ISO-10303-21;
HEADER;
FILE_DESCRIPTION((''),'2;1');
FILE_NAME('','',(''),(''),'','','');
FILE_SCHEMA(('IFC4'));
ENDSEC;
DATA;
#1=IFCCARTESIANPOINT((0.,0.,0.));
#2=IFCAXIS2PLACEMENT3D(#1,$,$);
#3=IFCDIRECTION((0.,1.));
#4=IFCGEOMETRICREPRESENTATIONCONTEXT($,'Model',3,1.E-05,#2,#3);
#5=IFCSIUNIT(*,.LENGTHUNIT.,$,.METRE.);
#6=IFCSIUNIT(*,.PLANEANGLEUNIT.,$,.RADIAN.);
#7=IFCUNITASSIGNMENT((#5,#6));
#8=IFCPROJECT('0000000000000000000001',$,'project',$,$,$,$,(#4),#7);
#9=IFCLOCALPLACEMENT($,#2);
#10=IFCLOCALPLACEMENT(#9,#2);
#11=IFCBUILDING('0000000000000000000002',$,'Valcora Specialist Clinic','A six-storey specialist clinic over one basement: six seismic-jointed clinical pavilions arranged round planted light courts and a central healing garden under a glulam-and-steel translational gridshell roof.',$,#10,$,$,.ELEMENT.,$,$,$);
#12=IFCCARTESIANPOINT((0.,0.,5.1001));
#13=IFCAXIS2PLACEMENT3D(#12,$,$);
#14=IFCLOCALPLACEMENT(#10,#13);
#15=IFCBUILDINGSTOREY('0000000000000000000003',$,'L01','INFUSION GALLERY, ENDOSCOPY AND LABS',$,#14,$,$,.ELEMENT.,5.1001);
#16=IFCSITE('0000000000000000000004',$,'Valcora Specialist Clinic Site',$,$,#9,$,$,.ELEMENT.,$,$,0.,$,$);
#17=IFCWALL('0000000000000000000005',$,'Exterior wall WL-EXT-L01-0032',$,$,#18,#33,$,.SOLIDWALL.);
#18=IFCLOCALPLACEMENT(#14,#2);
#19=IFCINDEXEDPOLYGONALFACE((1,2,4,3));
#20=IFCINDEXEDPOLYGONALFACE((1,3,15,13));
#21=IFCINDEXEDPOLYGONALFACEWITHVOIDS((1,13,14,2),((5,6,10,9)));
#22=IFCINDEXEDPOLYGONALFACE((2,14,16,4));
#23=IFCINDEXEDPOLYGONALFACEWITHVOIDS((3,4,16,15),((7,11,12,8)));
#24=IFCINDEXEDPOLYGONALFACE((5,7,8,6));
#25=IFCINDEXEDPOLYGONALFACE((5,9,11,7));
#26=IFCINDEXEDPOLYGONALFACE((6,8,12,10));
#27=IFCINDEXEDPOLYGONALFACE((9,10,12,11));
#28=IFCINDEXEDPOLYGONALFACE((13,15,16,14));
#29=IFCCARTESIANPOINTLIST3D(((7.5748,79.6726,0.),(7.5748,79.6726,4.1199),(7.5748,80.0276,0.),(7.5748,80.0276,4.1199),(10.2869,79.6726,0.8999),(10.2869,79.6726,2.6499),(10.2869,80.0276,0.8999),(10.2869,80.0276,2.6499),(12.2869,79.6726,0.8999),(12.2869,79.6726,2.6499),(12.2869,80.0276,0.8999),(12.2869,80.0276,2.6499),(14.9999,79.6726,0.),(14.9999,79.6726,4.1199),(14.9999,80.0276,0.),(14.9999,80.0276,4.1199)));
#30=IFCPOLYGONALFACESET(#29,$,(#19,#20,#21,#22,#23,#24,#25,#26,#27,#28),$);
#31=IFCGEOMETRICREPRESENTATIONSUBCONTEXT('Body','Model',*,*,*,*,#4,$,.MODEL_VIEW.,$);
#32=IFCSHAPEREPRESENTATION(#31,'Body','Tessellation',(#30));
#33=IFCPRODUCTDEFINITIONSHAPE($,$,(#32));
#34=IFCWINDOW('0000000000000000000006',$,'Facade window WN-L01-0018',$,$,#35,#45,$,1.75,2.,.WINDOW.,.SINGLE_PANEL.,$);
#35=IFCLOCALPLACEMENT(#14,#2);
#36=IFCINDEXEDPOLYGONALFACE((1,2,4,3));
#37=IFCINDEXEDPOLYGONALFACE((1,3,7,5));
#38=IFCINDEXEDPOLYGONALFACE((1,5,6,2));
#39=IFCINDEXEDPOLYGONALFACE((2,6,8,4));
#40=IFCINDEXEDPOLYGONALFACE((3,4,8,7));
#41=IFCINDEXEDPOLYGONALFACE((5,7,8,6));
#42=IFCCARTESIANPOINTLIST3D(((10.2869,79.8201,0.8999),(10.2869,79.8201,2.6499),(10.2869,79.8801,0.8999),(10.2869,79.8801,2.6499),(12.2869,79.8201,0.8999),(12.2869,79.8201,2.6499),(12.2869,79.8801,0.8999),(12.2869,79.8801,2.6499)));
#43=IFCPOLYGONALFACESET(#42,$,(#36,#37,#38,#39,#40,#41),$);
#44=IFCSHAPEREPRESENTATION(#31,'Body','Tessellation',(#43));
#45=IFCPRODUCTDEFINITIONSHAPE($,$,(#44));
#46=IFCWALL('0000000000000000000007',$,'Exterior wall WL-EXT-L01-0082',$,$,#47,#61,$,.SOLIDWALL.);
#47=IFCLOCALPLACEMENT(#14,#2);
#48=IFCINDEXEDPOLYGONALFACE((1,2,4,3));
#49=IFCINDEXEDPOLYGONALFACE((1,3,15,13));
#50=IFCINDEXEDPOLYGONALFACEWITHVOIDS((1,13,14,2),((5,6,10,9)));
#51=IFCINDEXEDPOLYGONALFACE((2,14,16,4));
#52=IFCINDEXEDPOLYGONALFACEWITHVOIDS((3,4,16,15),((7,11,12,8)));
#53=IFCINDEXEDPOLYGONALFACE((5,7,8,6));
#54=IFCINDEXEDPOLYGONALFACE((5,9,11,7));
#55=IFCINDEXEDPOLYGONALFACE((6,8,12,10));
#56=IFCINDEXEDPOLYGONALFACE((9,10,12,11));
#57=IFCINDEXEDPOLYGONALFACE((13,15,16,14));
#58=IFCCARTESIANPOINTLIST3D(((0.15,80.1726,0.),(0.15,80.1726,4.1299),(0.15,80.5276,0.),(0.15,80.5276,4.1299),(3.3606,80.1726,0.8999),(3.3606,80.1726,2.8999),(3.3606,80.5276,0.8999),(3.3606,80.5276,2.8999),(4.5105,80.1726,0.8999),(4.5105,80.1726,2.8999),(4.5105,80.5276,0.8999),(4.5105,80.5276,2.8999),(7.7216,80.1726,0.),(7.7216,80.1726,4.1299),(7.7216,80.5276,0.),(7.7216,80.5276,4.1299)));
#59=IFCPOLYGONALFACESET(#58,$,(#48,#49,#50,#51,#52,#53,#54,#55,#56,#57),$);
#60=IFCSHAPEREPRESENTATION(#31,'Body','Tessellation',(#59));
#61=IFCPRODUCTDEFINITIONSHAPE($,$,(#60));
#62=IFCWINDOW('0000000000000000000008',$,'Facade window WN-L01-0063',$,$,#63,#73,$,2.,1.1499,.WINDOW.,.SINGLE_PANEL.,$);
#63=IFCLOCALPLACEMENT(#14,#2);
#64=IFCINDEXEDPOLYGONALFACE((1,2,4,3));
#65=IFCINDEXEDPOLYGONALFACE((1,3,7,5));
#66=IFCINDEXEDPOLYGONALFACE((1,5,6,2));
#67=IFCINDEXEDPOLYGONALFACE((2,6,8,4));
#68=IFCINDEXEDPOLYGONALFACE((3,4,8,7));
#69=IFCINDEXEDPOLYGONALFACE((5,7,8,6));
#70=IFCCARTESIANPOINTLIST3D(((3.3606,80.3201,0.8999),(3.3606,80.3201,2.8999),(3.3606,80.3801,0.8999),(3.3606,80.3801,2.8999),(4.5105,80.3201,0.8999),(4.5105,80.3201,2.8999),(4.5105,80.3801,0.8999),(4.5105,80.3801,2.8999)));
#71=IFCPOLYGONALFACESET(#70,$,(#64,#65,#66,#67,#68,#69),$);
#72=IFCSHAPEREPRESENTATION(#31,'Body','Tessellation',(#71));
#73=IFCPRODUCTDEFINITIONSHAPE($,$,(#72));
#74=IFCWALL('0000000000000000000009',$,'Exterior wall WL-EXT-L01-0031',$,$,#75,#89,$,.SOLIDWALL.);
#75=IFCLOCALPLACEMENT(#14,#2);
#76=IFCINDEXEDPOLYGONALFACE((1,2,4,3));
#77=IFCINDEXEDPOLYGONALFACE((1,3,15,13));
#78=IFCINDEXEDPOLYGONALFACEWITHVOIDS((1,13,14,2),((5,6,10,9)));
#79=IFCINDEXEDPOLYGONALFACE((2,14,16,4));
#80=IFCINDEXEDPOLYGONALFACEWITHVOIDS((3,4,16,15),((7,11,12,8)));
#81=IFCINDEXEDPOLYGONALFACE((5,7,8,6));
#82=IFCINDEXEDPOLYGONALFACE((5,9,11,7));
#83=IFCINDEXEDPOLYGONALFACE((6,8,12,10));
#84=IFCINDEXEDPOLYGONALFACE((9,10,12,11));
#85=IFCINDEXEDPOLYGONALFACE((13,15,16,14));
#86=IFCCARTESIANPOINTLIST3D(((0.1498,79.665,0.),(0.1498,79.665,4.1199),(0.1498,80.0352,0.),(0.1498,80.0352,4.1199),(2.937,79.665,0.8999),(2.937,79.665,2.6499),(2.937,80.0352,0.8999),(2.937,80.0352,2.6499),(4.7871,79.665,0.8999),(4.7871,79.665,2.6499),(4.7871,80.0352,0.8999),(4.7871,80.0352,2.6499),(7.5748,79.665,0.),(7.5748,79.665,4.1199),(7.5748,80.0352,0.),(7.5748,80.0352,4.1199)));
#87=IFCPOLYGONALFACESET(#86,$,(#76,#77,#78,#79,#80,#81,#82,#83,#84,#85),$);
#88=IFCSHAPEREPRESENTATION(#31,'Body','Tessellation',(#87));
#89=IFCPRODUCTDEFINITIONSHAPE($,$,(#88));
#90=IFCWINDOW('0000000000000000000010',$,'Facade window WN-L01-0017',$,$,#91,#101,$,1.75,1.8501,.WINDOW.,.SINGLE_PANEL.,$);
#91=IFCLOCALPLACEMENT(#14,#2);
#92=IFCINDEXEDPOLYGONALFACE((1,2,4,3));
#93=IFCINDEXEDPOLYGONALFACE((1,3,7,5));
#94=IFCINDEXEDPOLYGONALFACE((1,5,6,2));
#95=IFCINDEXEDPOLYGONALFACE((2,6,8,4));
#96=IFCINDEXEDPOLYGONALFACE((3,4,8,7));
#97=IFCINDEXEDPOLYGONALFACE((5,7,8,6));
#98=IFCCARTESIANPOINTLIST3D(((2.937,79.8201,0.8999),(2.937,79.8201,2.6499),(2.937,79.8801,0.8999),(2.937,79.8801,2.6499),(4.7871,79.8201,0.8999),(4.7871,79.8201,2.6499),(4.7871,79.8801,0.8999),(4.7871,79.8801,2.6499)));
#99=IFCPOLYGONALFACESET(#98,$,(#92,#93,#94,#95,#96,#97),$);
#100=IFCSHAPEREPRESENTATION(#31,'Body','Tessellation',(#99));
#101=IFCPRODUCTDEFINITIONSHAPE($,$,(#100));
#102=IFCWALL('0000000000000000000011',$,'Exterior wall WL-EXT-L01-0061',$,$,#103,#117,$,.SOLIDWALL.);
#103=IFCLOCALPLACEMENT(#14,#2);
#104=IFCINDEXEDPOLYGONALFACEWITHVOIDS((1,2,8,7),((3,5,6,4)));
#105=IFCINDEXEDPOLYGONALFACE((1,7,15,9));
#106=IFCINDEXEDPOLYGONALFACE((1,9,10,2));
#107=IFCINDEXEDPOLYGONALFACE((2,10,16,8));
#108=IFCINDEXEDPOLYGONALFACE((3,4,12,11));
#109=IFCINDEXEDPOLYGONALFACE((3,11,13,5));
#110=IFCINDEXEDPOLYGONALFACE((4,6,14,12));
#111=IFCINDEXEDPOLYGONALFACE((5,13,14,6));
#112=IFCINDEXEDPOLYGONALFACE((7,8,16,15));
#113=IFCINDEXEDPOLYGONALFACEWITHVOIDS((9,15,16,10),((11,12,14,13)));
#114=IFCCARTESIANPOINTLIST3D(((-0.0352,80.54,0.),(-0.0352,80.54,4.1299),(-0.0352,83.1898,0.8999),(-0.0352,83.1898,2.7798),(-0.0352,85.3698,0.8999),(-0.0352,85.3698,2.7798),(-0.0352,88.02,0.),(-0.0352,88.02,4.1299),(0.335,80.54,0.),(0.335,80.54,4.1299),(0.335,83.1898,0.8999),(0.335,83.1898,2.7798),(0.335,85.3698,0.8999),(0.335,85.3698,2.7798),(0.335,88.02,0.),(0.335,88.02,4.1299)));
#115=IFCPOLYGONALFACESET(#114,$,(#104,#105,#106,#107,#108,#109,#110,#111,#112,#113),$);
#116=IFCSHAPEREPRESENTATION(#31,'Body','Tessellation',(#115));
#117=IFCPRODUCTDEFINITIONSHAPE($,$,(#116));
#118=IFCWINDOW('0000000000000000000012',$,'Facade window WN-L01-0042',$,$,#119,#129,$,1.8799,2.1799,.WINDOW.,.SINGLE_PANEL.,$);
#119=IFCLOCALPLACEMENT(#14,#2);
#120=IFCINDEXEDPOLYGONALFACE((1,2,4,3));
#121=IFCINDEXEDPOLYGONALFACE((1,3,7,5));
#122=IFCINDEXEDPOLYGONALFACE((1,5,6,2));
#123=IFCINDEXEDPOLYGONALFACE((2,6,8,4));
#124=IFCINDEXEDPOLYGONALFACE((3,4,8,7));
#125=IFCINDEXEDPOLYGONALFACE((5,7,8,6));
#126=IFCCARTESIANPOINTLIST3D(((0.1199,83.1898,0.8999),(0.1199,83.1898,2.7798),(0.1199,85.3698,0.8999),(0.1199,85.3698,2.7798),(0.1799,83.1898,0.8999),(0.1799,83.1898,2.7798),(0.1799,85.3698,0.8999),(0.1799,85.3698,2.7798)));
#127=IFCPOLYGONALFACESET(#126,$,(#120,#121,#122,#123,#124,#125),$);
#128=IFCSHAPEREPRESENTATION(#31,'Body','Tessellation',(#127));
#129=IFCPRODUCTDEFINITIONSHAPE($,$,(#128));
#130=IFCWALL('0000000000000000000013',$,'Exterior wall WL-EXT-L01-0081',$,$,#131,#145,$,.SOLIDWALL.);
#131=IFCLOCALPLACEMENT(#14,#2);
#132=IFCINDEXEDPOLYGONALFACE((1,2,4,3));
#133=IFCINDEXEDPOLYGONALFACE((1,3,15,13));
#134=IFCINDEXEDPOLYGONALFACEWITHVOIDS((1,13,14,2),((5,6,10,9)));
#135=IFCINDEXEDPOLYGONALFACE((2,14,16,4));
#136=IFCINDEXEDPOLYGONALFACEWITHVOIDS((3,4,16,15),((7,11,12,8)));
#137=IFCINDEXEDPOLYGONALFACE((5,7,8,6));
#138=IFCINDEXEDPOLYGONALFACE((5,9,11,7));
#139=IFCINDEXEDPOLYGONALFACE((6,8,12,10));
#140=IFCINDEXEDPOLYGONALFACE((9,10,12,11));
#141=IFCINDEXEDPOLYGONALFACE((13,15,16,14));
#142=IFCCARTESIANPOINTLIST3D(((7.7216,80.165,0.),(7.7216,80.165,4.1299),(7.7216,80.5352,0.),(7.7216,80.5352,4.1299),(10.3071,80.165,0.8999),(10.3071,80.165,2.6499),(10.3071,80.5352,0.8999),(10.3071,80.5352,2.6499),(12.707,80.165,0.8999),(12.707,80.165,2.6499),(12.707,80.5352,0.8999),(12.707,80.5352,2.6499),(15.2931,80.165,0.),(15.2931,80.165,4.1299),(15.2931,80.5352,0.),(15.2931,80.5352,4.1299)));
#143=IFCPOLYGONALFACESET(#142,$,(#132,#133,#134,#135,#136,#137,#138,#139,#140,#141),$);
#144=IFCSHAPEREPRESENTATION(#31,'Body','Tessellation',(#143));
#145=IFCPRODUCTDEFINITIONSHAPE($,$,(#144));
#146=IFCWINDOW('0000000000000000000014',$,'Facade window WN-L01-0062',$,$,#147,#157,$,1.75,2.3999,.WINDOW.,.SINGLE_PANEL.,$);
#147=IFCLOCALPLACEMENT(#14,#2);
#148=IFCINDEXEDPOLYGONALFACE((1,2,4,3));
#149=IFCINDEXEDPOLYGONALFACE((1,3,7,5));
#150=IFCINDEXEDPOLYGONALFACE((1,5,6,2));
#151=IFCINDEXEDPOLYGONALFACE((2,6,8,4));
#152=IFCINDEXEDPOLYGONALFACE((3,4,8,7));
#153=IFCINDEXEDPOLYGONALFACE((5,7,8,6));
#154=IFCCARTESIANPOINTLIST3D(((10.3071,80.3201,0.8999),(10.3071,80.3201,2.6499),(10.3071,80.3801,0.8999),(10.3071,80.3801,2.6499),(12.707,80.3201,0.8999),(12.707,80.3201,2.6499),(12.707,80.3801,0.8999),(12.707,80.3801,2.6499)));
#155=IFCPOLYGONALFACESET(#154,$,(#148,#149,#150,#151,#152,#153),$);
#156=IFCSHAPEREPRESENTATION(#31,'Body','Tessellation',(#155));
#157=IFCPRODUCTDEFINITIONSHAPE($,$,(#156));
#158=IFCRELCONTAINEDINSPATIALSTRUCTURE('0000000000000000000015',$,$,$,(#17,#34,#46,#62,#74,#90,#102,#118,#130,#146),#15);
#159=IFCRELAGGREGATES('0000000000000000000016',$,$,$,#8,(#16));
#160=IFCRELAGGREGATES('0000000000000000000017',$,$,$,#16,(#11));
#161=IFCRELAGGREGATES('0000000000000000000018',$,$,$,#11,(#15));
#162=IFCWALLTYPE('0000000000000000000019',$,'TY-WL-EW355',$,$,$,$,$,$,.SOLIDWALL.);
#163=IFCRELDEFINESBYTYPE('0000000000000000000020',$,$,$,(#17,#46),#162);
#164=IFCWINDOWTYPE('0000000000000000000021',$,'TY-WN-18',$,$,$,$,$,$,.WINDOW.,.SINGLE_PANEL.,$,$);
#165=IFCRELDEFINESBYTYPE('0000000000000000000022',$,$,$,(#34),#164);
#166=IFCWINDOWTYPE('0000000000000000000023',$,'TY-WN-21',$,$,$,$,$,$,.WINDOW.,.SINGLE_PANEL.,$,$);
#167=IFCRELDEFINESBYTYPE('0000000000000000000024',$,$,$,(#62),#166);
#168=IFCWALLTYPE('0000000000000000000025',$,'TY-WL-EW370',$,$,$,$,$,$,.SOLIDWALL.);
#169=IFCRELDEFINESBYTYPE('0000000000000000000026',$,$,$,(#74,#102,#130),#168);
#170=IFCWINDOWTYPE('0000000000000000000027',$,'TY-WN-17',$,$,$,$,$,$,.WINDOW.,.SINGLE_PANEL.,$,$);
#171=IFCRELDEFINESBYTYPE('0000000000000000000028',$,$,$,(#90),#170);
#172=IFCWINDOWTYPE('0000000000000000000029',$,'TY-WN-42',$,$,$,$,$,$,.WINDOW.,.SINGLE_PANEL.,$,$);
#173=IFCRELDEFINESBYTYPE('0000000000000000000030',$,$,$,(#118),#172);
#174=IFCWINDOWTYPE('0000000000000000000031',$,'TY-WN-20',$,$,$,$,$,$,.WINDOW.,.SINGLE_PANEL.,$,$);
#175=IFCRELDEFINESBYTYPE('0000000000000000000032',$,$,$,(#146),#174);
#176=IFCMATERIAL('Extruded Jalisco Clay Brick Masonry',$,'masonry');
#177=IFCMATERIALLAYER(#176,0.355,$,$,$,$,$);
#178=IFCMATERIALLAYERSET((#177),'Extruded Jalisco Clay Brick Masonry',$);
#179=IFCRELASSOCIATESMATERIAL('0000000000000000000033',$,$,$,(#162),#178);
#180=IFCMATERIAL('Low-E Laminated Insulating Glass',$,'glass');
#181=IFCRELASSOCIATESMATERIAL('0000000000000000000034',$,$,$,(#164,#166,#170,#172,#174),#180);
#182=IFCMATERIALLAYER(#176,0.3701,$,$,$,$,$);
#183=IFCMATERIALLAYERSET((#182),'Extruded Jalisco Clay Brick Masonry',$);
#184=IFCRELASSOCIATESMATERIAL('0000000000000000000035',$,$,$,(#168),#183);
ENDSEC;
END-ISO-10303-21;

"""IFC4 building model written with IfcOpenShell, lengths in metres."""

from ifc_helpers import new_model, si_unit, direction, frame, frame_2d, origin, place, context, subcontext, project, spatial, rectangle, extrude, material, layer, layer_set, type_object, element, fill, save


model = new_model("IFC4")

# Units and contexts
model_context = context("Model", 3, precision=1e-05, world=origin(), true_north=direction((0.0, 1.0)))
body_context = subcontext(model_context, "Body", "Model", "MODEL_VIEW")
ifc_project = project(units=[si_unit("LENGTHUNIT", "METRE"), si_unit("PLANEANGLEUNIT", "RADIAN")], contexts=[model_context])

# Site, building, storey
site_placement = place(None, origin())
site = spatial("IfcSite", under=ifc_project, at=site_placement, Name="Valcora Specialist Clinic Site", CompositionType="ELEMENT", RefElevation=0.0)
building_placement = place(site_placement, origin())
building = spatial("IfcBuilding", under=site, at=building_placement, Name="Valcora Specialist Clinic", Description="A six-storey specialist clinic over one basement: six seismic-jointed clinical pavilions arranged round planted light courts and a central healing garden under a glulam-and-steel translational gridshell roof.", CompositionType="ELEMENT")
storey_placement = place(building_placement, frame((0.0, 0.0, 5.1001)))
storey = spatial("IfcBuildingStorey", under=building, at=storey_placement, Name="L01", Description="INFUSION GALLERY, ENDOSCOPY AND LABS", CompositionType="ELEMENT", Elevation=5.1001)

# Walls, openings, windows
ifc_material_1 = material(Name="Extruded Jalisco Clay Brick Masonry", Category="masonry")
ifc_material_2 = material(Name="Low-E Laminated Insulating Glass", Category="glass")
ifc_layer_1 = layer(ifc_material_1, 0.355)
ifc_layer_set_1 = layer_set([ifc_layer_1], Name="Extruded Jalisco Clay Brick Masonry")
wall_type_1 = type_object("IfcWallType", Name="TY-WL-EW355", PredefinedType="SOLIDWALL", material=ifc_layer_set_1)
wall_1_placement = place(storey_placement, frame((7.575, 79.8501, 0.0), z_axis=(0.0, 0.0, 1.0), x_axis=(1.0, 0.0, 0.0)))
wall_1 = element("IfcWall", 1, at=wall_1_placement, inside=storey, type_object=wall_type_1, Name="Exterior wall WL-EXT-L01-0032", PredefinedType="SOLIDWALL", context=body_context, shape_type="SweptSolid", body=[
    extrude(rectangle(XDim=7.425, YDim=0.355, at=frame_2d((3.7124, 0.0))), origin(), (0.0, 0.0, 1.0), 4.1199),
])
opening_1_placement = place(wall_1_placement, frame((2.7119, 0.0, 0.8999)))
opening_1 = element("IfcOpeningElement", 2, at=opening_1_placement, cuts=wall_1, PredefinedType="OPENING", context=body_context, shape_type="SweptSolid", body=[
    extrude(rectangle(XDim=2.0, YDim=1.75, at=frame_2d((1.0, 0.875))), frame((0.0, 0.1875, 0.0), z_axis=(0.0, -1.0, 0.0), x_axis=(1.0, 0.0, 0.0)), (0.0, 0.0, 1.0), 0.375),
])
window_type_1 = type_object("IfcWindowType", Name="TY-WN-18", PartitioningType="SINGLE_PANEL", PredefinedType="WINDOW", material=ifc_material_2)
window_1_placement = place(opening_1_placement, origin())
window_1 = element("IfcWindow", 3, at=window_1_placement, inside=storey, type_object=window_type_1, Name="Facade window WN-L01-0018", OverallHeight=1.75, OverallWidth=2.0, PartitioningType="SINGLE_PANEL", PredefinedType="WINDOW", context=body_context, shape_type="SweptSolid", body=[
    extrude(rectangle(XDim=2.0, YDim=1.75, at=frame_2d((1.0, 0.875))), frame((0.0, 0.03, 0.0), z_axis=(0.0, -1.0, 0.0), x_axis=(1.0, 0.0, 0.0)), (0.0, 0.0, 1.0), 0.0601),
])
fill(opening_1, window_1)
wall_2_placement = place(storey_placement, frame((7.7214, 80.3501, 0.0), z_axis=(0.0, 0.0, 1.0), x_axis=(-1.0, 0.0, 0.0)))
wall_2 = element("IfcWall", 4, at=wall_2_placement, inside=storey, type_object=wall_type_1, Name="Exterior wall WL-EXT-L01-0082", PredefinedType="SOLIDWALL", context=body_context, shape_type="SweptSolid", body=[
    extrude(rectangle(XDim=7.5715, YDim=0.355, at=frame_2d((3.7856, 0.0))), origin(), (0.0, 0.0, 1.0), 4.1299),
])
opening_2_placement = place(wall_2_placement, frame((3.2109, 0.0, 0.8999)))
opening_2 = element("IfcOpeningElement", 5, at=opening_2_placement, cuts=wall_2, PredefinedType="OPENING", context=body_context, shape_type="SweptSolid", body=[
    extrude(rectangle(XDim=1.1499, YDim=2.0, at=frame_2d((0.575, 1.0))), frame((0.0, 0.1875, 0.0), z_axis=(0.0, -1.0, 0.0), x_axis=(1.0, 0.0, 0.0)), (0.0, 0.0, 1.0), 0.375),
])
window_type_2 = type_object("IfcWindowType", Name="TY-WN-21", PartitioningType="SINGLE_PANEL", PredefinedType="WINDOW", material=ifc_material_2)
window_2_placement = place(opening_2_placement, origin())
window_2 = element("IfcWindow", 6, at=window_2_placement, inside=storey, type_object=window_type_2, Name="Facade window WN-L01-0063", OverallHeight=2.0, OverallWidth=1.1499, PartitioningType="SINGLE_PANEL", PredefinedType="WINDOW", context=body_context, shape_type="SweptSolid", body=[
    extrude(rectangle(XDim=1.1499, YDim=2.0, at=frame_2d((0.575, 1.0))), frame((0.0, 0.03, 0.0), z_axis=(0.0, -1.0, 0.0), x_axis=(1.0, 0.0, 0.0)), (0.0, 0.0, 1.0), 0.0601),
])
fill(opening_2, window_2)
ifc_layer_2 = layer(ifc_material_1, 0.3701)
ifc_layer_set_2 = layer_set([ifc_layer_2], Name="Extruded Jalisco Clay Brick Masonry")
wall_type_2 = type_object("IfcWallType", Name="TY-WL-EW370", PredefinedType="SOLIDWALL", material=ifc_layer_set_2)
wall_3_placement = place(storey_placement, frame((0.1499, 79.8501, 0.0), z_axis=(0.0, 0.0, 1.0), x_axis=(1.0, 0.0, 0.0)))
wall_3 = element("IfcWall", 7, at=wall_3_placement, inside=storey, type_object=wall_type_2, Name="Exterior wall WL-EXT-L01-0031", PredefinedType="SOLIDWALL", context=body_context, shape_type="SweptSolid", body=[
    extrude(rectangle(XDim=7.425, YDim=0.3701, at=frame_2d((3.7124, 0.0))), origin(), (0.0, 0.0, 1.0), 4.1199),
])
opening_3_placement = place(wall_3_placement, frame((2.7871, 0.0, 0.8999)))
opening_3 = element("IfcOpeningElement", 8, at=opening_3_placement, cuts=wall_3, PredefinedType="OPENING", context=body_context, shape_type="SweptSolid", body=[
    extrude(rectangle(XDim=1.8501, YDim=1.75, at=frame_2d((0.925, 0.875))), frame((0.0, 0.1951, 0.0), z_axis=(0.0, -1.0, 0.0), x_axis=(1.0, 0.0, 0.0)), (0.0, 0.0, 1.0), 0.3901),
])
window_type_3 = type_object("IfcWindowType", Name="TY-WN-17", PartitioningType="SINGLE_PANEL", PredefinedType="WINDOW", material=ifc_material_2)
window_3_placement = place(opening_3_placement, origin())
window_3 = element("IfcWindow", 9, at=window_3_placement, inside=storey, type_object=window_type_3, Name="Facade window WN-L01-0017", OverallHeight=1.75, OverallWidth=1.8501, PartitioningType="SINGLE_PANEL", PredefinedType="WINDOW", context=body_context, shape_type="SweptSolid", body=[
    extrude(rectangle(XDim=1.8501, YDim=1.75, at=frame_2d((0.925, 0.875))), frame((0.0, 0.03, 0.0), z_axis=(0.0, -1.0, 0.0), x_axis=(1.0, 0.0, 0.0)), (0.0, 0.0, 1.0), 0.0601),
])
fill(opening_3, window_3)
wall_4_placement = place(storey_placement, frame((0.1499, 80.54, 0.0), z_axis=(0.0, 0.0, 1.0), x_axis=(0.0, 1.0, 0.0)))
wall_4 = element("IfcWall", 10, at=wall_4_placement, inside=storey, type_object=wall_type_2, Name="Exterior wall WL-EXT-L01-0061", PredefinedType="SOLIDWALL", context=body_context, shape_type="SweptSolid", body=[
    extrude(rectangle(XDim=7.48, YDim=0.3701, at=frame_2d((3.74, 0.0))), origin(), (0.0, 0.0, 1.0), 4.1299),
])
opening_4_placement = place(wall_4_placement, frame((2.6499, 0.0, 0.8999)))
opening_4 = element("IfcOpeningElement", 11, at=opening_4_placement, cuts=wall_4, PredefinedType="OPENING", context=body_context, shape_type="SweptSolid", body=[
    extrude(rectangle(XDim=2.1799, YDim=1.8799, at=frame_2d((1.0898, 0.9399))), frame((0.0, 0.1951, 0.0), z_axis=(0.0, -1.0, 0.0), x_axis=(1.0, 0.0, 0.0)), (0.0, 0.0, 1.0), 0.3901),
])
window_type_4 = type_object("IfcWindowType", Name="TY-WN-42", PartitioningType="SINGLE_PANEL", PredefinedType="WINDOW", material=ifc_material_2)
window_4_placement = place(opening_4_placement, origin())
window_4 = element("IfcWindow", 12, at=window_4_placement, inside=storey, type_object=window_type_4, Name="Facade window WN-L01-0042", OverallHeight=1.8799, OverallWidth=2.1799, PartitioningType="SINGLE_PANEL", PredefinedType="WINDOW", context=body_context, shape_type="SweptSolid", body=[
    extrude(rectangle(XDim=2.1799, YDim=1.8799, at=frame_2d((1.0898, 0.9399))), frame((0.0, 0.03, 0.0), z_axis=(0.0, -1.0, 0.0), x_axis=(1.0, 0.0, 0.0)), (0.0, 0.0, 1.0), 0.0601),
])
fill(opening_4, window_4)
wall_5_placement = place(storey_placement, frame((15.293, 80.3501, 0.0), z_axis=(0.0, 0.0, 1.0), x_axis=(-1.0, 0.0, 0.0)))
wall_5 = element("IfcWall", 13, at=wall_5_placement, inside=storey, type_object=wall_type_2, Name="Exterior wall WL-EXT-L01-0081", PredefinedType="SOLIDWALL", context=body_context, shape_type="SweptSolid", body=[
    extrude(rectangle(XDim=7.5715, YDim=0.3701, at=frame_2d((3.7856, 0.0))), origin(), (0.0, 0.0, 1.0), 4.1299),
])
opening_5_placement = place(wall_5_placement, frame((2.5859, 0.0, 0.8999)))
opening_5 = element("IfcOpeningElement", 14, at=opening_5_placement, cuts=wall_5, PredefinedType="OPENING", context=body_context, shape_type="SweptSolid", body=[
    extrude(rectangle(XDim=2.3999, YDim=1.75, at=frame_2d((1.2, 0.875))), frame((0.0, 0.1951, 0.0), z_axis=(0.0, -1.0, 0.0), x_axis=(1.0, 0.0, 0.0)), (0.0, 0.0, 1.0), 0.3901),
])
window_type_5 = type_object("IfcWindowType", Name="TY-WN-20", PartitioningType="SINGLE_PANEL", PredefinedType="WINDOW", material=ifc_material_2)
window_5_placement = place(opening_5_placement, origin())
window_5 = element("IfcWindow", 15, at=window_5_placement, inside=storey, type_object=window_type_5, Name="Facade window WN-L01-0062", OverallHeight=1.75, OverallWidth=2.3999, PartitioningType="SINGLE_PANEL", PredefinedType="WINDOW", context=body_context, shape_type="SweptSolid", body=[
    extrude(rectangle(XDim=2.3999, YDim=1.75, at=frame_2d((1.2, 0.875))), frame((0.0, 0.03, 0.0), z_axis=(0.0, -1.0, 0.0), x_axis=(1.0, 0.0, 0.0)), (0.0, 0.0, 1.0), 0.0601),
])
fill(opening_5, window_5)

save(model, "model.ifc")
